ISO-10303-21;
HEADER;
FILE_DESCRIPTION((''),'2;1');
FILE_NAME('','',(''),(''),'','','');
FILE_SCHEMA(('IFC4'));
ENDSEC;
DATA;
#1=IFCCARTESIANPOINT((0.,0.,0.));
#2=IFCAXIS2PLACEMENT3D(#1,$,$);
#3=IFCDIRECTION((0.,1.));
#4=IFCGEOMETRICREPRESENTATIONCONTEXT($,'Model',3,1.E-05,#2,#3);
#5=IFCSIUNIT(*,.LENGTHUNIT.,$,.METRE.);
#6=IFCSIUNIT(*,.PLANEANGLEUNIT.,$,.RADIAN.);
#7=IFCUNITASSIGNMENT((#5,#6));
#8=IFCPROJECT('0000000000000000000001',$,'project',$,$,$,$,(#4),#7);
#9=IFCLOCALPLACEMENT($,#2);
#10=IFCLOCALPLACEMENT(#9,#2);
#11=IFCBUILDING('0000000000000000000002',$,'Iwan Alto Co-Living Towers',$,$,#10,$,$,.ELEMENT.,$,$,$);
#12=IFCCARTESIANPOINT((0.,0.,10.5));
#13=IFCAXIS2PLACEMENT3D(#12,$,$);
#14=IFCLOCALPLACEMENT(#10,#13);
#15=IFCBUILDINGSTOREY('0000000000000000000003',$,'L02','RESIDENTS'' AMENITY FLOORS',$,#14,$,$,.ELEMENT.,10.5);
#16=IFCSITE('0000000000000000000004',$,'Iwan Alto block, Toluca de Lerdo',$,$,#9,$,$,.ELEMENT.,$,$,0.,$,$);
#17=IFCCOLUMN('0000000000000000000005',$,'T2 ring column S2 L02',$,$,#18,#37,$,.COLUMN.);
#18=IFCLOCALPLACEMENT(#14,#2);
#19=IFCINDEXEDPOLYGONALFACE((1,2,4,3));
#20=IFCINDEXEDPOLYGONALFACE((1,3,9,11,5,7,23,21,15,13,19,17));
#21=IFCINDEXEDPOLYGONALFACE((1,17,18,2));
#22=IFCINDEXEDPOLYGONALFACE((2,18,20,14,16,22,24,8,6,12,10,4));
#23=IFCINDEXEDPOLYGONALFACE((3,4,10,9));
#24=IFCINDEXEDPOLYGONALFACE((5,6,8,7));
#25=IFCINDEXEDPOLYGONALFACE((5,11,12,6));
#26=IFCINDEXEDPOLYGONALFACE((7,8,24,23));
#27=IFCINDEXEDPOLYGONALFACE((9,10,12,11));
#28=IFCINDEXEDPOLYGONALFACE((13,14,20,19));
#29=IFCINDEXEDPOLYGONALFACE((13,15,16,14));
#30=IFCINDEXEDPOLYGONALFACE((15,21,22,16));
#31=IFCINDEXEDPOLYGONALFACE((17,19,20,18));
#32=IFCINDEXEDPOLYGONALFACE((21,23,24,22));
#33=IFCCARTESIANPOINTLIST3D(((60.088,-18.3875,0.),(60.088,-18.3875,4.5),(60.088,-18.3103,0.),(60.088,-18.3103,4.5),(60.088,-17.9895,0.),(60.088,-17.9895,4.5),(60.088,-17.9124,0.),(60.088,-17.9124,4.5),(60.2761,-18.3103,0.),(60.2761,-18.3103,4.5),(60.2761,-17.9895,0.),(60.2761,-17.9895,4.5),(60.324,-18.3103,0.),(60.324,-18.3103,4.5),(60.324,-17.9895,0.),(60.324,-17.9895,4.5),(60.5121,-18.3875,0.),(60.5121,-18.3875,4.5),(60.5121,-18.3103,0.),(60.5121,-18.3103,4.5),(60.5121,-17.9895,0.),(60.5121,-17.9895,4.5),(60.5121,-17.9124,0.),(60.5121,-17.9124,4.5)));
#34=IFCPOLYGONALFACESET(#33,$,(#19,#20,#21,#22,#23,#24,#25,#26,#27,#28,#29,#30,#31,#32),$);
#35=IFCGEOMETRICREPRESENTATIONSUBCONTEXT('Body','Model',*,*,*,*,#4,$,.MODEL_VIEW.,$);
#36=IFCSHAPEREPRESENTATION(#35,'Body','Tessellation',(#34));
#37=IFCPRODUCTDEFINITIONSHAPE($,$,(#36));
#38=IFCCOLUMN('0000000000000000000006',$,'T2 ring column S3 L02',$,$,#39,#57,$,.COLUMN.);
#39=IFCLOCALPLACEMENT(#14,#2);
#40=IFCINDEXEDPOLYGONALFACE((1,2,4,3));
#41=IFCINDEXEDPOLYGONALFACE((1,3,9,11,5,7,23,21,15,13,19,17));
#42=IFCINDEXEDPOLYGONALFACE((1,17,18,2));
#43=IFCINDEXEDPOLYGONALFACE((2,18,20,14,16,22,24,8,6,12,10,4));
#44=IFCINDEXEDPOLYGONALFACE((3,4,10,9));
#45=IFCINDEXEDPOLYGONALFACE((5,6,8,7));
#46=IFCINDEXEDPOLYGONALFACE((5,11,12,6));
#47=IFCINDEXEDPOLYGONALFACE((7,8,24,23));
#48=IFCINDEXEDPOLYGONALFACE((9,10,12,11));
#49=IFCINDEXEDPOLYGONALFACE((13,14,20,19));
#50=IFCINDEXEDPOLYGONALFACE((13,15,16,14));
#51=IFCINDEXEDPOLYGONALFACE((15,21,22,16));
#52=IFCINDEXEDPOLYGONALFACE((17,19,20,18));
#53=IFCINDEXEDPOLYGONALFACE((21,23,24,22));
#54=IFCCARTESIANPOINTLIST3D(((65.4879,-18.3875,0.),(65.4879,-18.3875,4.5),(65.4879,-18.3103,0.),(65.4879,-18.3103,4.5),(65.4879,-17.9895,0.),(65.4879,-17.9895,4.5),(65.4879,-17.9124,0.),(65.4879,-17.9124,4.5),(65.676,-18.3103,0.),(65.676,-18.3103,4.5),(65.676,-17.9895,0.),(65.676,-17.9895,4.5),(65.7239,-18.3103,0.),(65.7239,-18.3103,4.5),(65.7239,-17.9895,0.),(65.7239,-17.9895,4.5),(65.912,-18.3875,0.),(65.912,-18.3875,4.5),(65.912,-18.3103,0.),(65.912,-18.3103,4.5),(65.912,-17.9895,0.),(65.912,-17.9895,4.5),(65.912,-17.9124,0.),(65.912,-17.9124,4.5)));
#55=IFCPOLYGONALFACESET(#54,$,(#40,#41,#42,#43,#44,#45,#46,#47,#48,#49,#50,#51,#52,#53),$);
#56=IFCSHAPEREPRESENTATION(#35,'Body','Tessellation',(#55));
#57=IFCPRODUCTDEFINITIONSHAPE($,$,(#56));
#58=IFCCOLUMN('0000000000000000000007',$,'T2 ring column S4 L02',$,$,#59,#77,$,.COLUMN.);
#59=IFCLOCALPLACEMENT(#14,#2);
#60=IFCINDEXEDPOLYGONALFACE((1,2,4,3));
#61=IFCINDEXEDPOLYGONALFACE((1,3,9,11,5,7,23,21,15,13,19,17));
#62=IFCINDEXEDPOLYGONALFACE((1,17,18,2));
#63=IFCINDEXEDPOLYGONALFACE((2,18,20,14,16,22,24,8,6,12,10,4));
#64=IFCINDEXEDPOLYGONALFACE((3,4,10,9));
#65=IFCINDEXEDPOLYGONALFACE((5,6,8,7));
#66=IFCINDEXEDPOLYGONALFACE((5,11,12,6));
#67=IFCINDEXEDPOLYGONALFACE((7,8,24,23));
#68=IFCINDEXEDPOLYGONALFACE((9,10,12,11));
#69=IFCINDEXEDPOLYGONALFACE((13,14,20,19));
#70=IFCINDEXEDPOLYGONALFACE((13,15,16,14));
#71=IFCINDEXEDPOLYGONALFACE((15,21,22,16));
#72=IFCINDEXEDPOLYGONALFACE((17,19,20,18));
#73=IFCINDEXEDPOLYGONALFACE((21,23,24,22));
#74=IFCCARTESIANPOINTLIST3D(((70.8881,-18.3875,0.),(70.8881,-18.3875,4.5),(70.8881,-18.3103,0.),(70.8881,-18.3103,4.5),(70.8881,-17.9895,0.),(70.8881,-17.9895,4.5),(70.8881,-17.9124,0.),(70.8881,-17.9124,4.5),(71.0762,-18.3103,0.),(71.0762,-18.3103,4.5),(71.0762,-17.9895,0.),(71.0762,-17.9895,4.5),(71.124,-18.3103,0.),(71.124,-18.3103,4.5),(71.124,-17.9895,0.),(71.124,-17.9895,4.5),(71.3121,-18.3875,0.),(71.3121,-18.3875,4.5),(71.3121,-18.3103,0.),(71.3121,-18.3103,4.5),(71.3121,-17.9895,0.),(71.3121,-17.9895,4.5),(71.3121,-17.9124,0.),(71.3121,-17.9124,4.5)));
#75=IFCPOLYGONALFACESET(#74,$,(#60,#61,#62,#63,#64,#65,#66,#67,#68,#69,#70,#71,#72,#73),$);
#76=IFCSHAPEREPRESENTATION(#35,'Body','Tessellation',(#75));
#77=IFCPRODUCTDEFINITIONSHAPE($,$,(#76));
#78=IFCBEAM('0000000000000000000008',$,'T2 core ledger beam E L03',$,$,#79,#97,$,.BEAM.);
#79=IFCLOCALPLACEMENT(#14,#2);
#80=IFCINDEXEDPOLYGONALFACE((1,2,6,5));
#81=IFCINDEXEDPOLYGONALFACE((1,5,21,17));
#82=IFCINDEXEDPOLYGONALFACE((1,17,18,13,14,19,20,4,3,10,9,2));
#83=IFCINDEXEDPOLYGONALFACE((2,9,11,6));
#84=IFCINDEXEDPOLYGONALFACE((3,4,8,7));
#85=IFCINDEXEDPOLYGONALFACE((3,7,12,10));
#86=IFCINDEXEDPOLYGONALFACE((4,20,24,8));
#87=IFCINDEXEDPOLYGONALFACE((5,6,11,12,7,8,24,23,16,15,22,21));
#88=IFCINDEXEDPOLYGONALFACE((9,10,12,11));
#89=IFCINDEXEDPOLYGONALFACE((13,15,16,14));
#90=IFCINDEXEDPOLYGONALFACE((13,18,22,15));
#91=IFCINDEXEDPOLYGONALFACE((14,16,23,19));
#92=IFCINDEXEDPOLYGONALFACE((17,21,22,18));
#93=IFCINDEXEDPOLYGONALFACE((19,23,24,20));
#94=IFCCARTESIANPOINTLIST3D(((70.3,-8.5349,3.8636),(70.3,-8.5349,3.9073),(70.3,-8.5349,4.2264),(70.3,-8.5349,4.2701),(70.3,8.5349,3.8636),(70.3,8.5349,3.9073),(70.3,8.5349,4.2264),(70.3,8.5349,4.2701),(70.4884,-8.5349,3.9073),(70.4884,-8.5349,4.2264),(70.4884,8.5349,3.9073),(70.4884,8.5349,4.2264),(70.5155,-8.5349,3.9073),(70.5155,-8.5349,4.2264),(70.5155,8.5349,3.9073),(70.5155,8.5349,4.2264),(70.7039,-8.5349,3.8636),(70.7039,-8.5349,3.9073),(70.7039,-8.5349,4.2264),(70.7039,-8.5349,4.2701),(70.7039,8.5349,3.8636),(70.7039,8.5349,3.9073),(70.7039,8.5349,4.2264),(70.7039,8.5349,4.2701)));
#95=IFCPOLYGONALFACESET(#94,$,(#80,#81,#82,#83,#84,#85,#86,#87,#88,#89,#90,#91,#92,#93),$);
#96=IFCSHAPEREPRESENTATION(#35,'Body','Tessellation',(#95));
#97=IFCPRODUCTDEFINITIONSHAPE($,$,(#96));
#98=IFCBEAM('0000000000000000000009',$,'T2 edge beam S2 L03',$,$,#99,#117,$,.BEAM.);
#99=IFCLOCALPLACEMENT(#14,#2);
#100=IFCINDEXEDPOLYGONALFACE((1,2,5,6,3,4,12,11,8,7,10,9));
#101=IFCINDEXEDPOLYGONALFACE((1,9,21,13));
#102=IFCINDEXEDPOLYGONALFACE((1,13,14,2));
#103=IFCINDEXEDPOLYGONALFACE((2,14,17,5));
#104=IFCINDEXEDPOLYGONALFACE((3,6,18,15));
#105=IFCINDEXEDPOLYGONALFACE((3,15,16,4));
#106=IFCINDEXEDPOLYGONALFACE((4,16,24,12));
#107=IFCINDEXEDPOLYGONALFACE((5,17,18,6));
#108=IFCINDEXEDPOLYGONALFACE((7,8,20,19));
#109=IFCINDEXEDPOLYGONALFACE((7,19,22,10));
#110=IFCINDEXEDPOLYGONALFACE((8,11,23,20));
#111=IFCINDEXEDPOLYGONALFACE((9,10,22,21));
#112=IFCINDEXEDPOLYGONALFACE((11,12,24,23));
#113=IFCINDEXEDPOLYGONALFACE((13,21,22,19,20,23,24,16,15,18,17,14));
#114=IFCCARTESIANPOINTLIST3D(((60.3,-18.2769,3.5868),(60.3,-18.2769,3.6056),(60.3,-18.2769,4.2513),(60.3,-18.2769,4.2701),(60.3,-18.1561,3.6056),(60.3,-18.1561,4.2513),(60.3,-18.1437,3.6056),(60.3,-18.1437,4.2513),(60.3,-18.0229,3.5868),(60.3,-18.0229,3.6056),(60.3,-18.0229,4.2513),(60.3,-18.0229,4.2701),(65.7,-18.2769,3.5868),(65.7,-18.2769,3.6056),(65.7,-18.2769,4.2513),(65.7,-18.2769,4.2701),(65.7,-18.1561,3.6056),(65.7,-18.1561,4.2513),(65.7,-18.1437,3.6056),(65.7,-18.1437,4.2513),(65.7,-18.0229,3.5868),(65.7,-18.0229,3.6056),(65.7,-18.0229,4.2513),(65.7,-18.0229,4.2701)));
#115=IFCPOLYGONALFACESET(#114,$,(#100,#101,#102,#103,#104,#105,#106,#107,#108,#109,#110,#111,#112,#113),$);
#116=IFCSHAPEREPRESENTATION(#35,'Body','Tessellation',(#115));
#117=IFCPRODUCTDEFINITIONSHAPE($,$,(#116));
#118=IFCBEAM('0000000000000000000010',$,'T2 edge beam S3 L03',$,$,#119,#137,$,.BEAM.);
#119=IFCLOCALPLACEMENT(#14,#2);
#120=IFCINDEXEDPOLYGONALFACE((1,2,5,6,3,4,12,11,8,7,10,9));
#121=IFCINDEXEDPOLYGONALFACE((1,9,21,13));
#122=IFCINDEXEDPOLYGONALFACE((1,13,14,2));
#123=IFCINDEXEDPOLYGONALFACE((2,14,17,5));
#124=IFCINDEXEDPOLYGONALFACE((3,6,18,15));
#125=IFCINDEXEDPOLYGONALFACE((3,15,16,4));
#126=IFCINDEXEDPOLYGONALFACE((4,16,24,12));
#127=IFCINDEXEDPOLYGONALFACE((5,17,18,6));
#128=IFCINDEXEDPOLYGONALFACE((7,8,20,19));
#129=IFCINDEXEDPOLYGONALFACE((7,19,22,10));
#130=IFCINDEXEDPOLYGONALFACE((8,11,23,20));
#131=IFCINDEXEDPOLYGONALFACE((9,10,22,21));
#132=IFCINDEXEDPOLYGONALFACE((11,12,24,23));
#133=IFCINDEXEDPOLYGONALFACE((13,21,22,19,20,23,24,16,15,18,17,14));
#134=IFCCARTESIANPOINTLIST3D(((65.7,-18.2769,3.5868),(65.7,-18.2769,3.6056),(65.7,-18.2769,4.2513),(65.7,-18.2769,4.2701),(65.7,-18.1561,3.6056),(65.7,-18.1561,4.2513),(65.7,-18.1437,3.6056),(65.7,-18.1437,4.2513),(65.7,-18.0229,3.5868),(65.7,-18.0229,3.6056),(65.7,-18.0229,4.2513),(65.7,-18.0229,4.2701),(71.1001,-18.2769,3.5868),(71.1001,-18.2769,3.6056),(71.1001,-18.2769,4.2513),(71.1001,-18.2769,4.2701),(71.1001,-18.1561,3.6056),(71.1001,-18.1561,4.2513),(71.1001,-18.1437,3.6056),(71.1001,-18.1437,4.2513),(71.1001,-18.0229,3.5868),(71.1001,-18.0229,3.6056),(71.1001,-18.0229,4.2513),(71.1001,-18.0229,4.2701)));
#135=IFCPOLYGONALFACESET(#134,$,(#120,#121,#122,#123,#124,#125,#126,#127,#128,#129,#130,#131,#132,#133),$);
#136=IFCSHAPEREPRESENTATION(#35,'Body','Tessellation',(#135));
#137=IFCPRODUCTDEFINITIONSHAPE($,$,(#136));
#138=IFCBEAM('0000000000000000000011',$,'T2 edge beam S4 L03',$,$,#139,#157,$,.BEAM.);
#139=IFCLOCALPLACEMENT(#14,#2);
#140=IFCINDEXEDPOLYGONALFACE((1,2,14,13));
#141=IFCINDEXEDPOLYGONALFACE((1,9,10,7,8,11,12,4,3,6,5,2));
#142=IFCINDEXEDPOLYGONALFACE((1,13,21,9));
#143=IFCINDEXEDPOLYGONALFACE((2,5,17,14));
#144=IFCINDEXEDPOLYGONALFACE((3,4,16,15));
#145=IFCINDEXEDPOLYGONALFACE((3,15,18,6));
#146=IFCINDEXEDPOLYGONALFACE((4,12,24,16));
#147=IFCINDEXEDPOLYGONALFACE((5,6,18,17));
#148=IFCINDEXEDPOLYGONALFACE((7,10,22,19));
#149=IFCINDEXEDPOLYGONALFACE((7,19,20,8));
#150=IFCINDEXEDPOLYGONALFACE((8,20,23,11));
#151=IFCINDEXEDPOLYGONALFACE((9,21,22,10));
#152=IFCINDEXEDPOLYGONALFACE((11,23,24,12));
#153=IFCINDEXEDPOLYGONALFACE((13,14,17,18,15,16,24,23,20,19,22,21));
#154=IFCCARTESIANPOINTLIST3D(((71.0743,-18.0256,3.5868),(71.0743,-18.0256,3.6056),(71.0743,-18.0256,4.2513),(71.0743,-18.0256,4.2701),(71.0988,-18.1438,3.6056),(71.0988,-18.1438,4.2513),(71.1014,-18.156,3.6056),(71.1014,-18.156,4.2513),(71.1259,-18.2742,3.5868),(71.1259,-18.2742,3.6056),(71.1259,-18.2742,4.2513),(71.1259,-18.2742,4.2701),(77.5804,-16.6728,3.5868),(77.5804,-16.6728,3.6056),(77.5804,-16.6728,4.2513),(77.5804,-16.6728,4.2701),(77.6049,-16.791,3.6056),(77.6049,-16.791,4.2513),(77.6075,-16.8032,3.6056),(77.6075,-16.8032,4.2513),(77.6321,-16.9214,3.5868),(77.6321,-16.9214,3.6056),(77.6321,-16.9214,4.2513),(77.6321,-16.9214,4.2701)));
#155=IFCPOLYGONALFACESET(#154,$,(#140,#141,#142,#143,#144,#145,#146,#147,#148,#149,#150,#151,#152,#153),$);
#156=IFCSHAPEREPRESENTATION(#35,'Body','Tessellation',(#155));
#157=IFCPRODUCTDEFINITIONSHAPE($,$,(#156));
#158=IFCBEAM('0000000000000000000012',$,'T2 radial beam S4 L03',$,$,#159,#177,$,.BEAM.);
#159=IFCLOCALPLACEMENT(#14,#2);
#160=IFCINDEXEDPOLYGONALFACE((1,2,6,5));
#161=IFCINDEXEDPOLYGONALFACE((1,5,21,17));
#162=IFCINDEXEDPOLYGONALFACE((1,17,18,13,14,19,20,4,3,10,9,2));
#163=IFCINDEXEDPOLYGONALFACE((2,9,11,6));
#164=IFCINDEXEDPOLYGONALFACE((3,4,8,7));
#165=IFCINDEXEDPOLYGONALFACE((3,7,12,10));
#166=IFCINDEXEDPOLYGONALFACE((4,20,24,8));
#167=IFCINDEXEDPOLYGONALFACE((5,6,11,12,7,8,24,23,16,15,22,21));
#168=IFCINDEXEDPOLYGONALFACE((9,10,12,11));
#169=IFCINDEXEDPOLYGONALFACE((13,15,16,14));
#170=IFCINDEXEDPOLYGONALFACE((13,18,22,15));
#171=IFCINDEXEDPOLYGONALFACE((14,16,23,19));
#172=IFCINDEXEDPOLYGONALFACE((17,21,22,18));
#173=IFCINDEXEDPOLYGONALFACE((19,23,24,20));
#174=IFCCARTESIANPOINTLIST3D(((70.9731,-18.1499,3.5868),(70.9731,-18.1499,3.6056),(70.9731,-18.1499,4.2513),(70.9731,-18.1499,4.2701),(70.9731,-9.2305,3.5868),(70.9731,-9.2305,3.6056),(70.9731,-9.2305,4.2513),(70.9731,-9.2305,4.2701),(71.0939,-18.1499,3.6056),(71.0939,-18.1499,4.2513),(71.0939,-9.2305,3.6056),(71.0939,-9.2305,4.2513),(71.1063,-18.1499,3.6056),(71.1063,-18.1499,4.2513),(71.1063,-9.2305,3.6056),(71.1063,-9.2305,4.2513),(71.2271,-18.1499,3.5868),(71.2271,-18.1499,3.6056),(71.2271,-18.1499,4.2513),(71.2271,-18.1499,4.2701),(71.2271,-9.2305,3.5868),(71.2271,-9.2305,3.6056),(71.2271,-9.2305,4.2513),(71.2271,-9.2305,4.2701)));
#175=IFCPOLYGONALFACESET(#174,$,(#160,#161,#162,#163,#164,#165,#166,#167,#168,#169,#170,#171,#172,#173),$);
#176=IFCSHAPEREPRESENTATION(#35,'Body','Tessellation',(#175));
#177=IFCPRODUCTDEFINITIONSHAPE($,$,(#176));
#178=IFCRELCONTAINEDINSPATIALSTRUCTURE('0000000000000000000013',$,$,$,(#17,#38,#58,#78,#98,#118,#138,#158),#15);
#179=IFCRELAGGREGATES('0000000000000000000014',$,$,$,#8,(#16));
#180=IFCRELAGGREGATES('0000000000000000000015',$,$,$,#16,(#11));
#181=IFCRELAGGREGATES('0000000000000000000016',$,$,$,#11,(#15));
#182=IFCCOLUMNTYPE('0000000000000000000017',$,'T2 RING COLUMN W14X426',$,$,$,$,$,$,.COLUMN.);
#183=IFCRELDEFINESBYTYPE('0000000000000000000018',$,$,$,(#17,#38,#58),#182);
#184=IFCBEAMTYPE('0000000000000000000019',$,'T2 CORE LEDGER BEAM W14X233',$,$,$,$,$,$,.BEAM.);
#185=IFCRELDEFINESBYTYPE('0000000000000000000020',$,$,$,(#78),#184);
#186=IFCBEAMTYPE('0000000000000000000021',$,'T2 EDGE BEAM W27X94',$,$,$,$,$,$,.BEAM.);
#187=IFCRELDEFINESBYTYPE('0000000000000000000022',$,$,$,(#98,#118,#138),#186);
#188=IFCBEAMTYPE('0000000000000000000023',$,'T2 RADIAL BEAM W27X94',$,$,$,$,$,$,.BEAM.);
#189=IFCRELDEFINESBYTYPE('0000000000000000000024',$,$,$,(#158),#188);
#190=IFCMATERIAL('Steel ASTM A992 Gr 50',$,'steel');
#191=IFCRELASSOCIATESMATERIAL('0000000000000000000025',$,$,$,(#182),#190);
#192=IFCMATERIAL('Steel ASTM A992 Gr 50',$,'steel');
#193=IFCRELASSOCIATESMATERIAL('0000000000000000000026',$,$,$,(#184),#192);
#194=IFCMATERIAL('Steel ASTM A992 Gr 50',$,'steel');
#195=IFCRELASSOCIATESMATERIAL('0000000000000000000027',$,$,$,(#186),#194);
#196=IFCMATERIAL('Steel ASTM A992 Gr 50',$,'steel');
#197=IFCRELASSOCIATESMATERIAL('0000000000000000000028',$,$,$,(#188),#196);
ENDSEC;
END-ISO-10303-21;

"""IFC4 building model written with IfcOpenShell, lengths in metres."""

from ifc_helpers import new_model, si_unit, direction, frame, origin, origin_2d, place, context, subcontext, project, spatial, i_section, extrude, material, material_profile, profile_set, type_object, element, save


model = new_model("IFC4")

# Units and contexts
model_context = context("Model", 3, precision=1e-05, world=origin(), true_north=direction((0.0, 1.0)))
body_context = subcontext(model_context, "Body", "Model", "MODEL_VIEW")
ifc_project = project(units=[si_unit("LENGTHUNIT", "METRE"), si_unit("PLANEANGLEUNIT", "RADIAN")], contexts=[model_context])

# Site, building, storey
site_placement = place(None, origin())
site = spatial("IfcSite", under=ifc_project, at=site_placement, Name="Iwan Alto block, Toluca de Lerdo", CompositionType="ELEMENT", RefElevation=0.0)
building_placement = place(site_placement, origin())
building = spatial("IfcBuilding", under=site, at=building_placement, Name="Iwan Alto Co-Living Towers", CompositionType="ELEMENT")
storey_placement = place(building_placement, frame((0.0, 0.0, 10.5)))
storey = spatial("IfcBuildingStorey", under=building, at=storey_placement, Name="L02", Description="RESIDENTS' AMENITY FLOORS", CompositionType="ELEMENT", Elevation=10.5)

# Columns
ifc_material_1 = material(Name="Steel ASTM A992 Gr 50", Category="steel")
ifc_material_profile_1 = material_profile(ifc_material_1, i_section(OverallWidth=0.4241, OverallDepth=0.4751, WebThickness=0.0479, FlangeThickness=0.0771, at=origin_2d()), Name="W14X426")
ifc_profile_set_1 = profile_set([ifc_material_profile_1], Name="Steel ASTM A992 Gr 50")
column_type = type_object("IfcColumnType", Name="T2 RING COLUMN W14X426", PredefinedType="COLUMN", material=ifc_profile_set_1)
for number, where, z_axis, x_axis, name in (
    (1, (60.3, -18.1499, 0.0), (0.0, 0.0, 1.0), (1.0, 0.0, 0.0), "T2 ring column S2 L02"),
    (2, (65.7, -18.1499, 0.0), (0.0, 0.0, 1.0), (1.0, 0.0, 0.0), "T2 ring column S3 L02"),
    (3, (71.1001, -18.1499, 0.0), (0.0, 0.0, 1.0), (1.0, 0.0, 0.0), "T2 ring column S4 L02"),
):
    element("IfcColumn", number, at=place(storey_placement, frame(where, z_axis=z_axis, x_axis=x_axis)), inside=storey, type_object=column_type, Name=name, PredefinedType="COLUMN", context=body_context, shape_type="SweptSolid", body=[
        extrude(i_section(OverallWidth=0.4241, OverallDepth=0.4751, WebThickness=0.0479, FlangeThickness=0.0771, at=origin_2d()), origin(), (0.0, 0.0, 1.0), 4.5),
    ])

# Beams
ifc_material_2 = material(Name="Steel ASTM A992 Gr 50", Category="steel")
ifc_material_profile_2 = material_profile(ifc_material_2, i_section(OverallWidth=0.4038, OverallDepth=0.4065, WebThickness=0.0271, FlangeThickness=0.0437, at=origin_2d()), Name="W14X233")
ifc_profile_set_2 = profile_set([ifc_material_profile_2], Name="Steel ASTM A992 Gr 50")
beam_type_1 = type_object("IfcBeamType", Name="T2 CORE LEDGER BEAM W14X233", PredefinedType="BEAM", material=ifc_profile_set_2)
beam_1_placement = place(storey_placement, frame((70.502, -8.5349, 4.0669), z_axis=(0.0, 1.0, 0.0), x_axis=(-1.0, 0.0, 0.0)))
element("IfcBeam", 4, at=beam_1_placement, inside=storey, type_object=beam_type_1, Name="T2 core ledger beam E L03", PredefinedType="BEAM", context=body_context, shape_type="SweptSolid", body=[
    extrude(i_section(OverallWidth=0.4038, OverallDepth=0.4065, WebThickness=0.0271, FlangeThickness=0.0437, at=origin_2d()), origin(), (0.0, 0.0, 1.0), 17.0698),
])
ifc_material_3 = material(Name="Steel ASTM A992 Gr 50", Category="steel")
ifc_material_profile_3 = material_profile(ifc_material_3, i_section(OverallWidth=0.2539, OverallDepth=0.6833, WebThickness=0.0125, FlangeThickness=0.0188, at=origin_2d()), Name="W27X94")
ifc_profile_set_3 = profile_set([ifc_material_profile_3], Name="Steel ASTM A992 Gr 50")
beam_type_2 = type_object("IfcBeamType", Name="T2 EDGE BEAM W27X94", PredefinedType="BEAM", material=ifc_profile_set_3)
beam_2_placement = place(storey_placement, frame((60.3, -18.1499, 3.9285), z_axis=(1.0, 0.0, 0.0), x_axis=(0.0, 1.0, 0.0)))
element("IfcBeam", 5, at=beam_2_placement, inside=storey, type_object=beam_type_2, Name="T2 edge beam S2 L03", PredefinedType="BEAM", context=body_context, shape_type="SweptSolid", body=[
    extrude(i_section(OverallWidth=0.2539, OverallDepth=0.6833, WebThickness=0.0125, FlangeThickness=0.0188, at=origin_2d()), origin(), (0.0, 0.0, 1.0), 5.3999),
])
beam_3_placement = place(storey_placement, frame((65.7, -18.1499, 3.9285), z_axis=(1.0, 0.0, 0.0), x_axis=(0.0, 1.0, 0.0)))
element("IfcBeam", 6, at=beam_3_placement, inside=storey, type_object=beam_type_2, Name="T2 edge beam S3 L03", PredefinedType="BEAM", context=body_context, shape_type="SweptSolid", body=[
    extrude(i_section(OverallWidth=0.2539, OverallDepth=0.6833, WebThickness=0.0125, FlangeThickness=0.0188, at=origin_2d()), origin(), (0.0, 0.0, 1.0), 5.4001),
])
beam_4_placement = place(storey_placement, frame((71.1001, -18.1499, 3.9285), z_axis=(0.97906, 0.203571, 0.0), x_axis=(-0.203571, 0.97906, 0.0)))
element("IfcBeam", 7, at=beam_4_placement, inside=storey, type_object=beam_type_2, Name="T2 edge beam S4 L03", PredefinedType="BEAM", context=body_context, shape_type="SweptSolid", body=[
    extrude(i_section(OverallWidth=0.2539, OverallDepth=0.6833, WebThickness=0.0125, FlangeThickness=0.0188, at=origin_2d()), origin(), (0.0, 0.0, 1.0), 6.6453),
])
ifc_material_4 = material(Name="Steel ASTM A992 Gr 50", Category="steel")
ifc_material_profile_4 = material_profile(ifc_material_4, i_section(OverallWidth=0.2539, OverallDepth=0.6833, WebThickness=0.0125, FlangeThickness=0.0188, at=origin_2d()), Name="W27X94")
ifc_profile_set_4 = profile_set([ifc_material_profile_4], Name="Steel ASTM A992 Gr 50")
beam_type_3 = type_object("IfcBeamType", Name="T2 RADIAL BEAM W27X94", PredefinedType="BEAM", material=ifc_profile_set_4)
beam_5_placement = place(storey_placement, frame((71.1001, -18.1499, 3.9285), z_axis=(0.0, 1.0, 0.0), x_axis=(-1.0, 0.0, 0.0)))
element("IfcBeam", 8, at=beam_5_placement, inside=storey, type_object=beam_type_3, Name="T2 radial beam S4 L03", PredefinedType="BEAM", context=body_context, shape_type="SweptSolid", body=[
    extrude(i_section(OverallWidth=0.2539, OverallDepth=0.6833, WebThickness=0.0125, FlangeThickness=0.0188, at=origin_2d()), origin(), (0.0, 0.0, 1.0), 8.9194),
])

save(model, "model.ifc")
